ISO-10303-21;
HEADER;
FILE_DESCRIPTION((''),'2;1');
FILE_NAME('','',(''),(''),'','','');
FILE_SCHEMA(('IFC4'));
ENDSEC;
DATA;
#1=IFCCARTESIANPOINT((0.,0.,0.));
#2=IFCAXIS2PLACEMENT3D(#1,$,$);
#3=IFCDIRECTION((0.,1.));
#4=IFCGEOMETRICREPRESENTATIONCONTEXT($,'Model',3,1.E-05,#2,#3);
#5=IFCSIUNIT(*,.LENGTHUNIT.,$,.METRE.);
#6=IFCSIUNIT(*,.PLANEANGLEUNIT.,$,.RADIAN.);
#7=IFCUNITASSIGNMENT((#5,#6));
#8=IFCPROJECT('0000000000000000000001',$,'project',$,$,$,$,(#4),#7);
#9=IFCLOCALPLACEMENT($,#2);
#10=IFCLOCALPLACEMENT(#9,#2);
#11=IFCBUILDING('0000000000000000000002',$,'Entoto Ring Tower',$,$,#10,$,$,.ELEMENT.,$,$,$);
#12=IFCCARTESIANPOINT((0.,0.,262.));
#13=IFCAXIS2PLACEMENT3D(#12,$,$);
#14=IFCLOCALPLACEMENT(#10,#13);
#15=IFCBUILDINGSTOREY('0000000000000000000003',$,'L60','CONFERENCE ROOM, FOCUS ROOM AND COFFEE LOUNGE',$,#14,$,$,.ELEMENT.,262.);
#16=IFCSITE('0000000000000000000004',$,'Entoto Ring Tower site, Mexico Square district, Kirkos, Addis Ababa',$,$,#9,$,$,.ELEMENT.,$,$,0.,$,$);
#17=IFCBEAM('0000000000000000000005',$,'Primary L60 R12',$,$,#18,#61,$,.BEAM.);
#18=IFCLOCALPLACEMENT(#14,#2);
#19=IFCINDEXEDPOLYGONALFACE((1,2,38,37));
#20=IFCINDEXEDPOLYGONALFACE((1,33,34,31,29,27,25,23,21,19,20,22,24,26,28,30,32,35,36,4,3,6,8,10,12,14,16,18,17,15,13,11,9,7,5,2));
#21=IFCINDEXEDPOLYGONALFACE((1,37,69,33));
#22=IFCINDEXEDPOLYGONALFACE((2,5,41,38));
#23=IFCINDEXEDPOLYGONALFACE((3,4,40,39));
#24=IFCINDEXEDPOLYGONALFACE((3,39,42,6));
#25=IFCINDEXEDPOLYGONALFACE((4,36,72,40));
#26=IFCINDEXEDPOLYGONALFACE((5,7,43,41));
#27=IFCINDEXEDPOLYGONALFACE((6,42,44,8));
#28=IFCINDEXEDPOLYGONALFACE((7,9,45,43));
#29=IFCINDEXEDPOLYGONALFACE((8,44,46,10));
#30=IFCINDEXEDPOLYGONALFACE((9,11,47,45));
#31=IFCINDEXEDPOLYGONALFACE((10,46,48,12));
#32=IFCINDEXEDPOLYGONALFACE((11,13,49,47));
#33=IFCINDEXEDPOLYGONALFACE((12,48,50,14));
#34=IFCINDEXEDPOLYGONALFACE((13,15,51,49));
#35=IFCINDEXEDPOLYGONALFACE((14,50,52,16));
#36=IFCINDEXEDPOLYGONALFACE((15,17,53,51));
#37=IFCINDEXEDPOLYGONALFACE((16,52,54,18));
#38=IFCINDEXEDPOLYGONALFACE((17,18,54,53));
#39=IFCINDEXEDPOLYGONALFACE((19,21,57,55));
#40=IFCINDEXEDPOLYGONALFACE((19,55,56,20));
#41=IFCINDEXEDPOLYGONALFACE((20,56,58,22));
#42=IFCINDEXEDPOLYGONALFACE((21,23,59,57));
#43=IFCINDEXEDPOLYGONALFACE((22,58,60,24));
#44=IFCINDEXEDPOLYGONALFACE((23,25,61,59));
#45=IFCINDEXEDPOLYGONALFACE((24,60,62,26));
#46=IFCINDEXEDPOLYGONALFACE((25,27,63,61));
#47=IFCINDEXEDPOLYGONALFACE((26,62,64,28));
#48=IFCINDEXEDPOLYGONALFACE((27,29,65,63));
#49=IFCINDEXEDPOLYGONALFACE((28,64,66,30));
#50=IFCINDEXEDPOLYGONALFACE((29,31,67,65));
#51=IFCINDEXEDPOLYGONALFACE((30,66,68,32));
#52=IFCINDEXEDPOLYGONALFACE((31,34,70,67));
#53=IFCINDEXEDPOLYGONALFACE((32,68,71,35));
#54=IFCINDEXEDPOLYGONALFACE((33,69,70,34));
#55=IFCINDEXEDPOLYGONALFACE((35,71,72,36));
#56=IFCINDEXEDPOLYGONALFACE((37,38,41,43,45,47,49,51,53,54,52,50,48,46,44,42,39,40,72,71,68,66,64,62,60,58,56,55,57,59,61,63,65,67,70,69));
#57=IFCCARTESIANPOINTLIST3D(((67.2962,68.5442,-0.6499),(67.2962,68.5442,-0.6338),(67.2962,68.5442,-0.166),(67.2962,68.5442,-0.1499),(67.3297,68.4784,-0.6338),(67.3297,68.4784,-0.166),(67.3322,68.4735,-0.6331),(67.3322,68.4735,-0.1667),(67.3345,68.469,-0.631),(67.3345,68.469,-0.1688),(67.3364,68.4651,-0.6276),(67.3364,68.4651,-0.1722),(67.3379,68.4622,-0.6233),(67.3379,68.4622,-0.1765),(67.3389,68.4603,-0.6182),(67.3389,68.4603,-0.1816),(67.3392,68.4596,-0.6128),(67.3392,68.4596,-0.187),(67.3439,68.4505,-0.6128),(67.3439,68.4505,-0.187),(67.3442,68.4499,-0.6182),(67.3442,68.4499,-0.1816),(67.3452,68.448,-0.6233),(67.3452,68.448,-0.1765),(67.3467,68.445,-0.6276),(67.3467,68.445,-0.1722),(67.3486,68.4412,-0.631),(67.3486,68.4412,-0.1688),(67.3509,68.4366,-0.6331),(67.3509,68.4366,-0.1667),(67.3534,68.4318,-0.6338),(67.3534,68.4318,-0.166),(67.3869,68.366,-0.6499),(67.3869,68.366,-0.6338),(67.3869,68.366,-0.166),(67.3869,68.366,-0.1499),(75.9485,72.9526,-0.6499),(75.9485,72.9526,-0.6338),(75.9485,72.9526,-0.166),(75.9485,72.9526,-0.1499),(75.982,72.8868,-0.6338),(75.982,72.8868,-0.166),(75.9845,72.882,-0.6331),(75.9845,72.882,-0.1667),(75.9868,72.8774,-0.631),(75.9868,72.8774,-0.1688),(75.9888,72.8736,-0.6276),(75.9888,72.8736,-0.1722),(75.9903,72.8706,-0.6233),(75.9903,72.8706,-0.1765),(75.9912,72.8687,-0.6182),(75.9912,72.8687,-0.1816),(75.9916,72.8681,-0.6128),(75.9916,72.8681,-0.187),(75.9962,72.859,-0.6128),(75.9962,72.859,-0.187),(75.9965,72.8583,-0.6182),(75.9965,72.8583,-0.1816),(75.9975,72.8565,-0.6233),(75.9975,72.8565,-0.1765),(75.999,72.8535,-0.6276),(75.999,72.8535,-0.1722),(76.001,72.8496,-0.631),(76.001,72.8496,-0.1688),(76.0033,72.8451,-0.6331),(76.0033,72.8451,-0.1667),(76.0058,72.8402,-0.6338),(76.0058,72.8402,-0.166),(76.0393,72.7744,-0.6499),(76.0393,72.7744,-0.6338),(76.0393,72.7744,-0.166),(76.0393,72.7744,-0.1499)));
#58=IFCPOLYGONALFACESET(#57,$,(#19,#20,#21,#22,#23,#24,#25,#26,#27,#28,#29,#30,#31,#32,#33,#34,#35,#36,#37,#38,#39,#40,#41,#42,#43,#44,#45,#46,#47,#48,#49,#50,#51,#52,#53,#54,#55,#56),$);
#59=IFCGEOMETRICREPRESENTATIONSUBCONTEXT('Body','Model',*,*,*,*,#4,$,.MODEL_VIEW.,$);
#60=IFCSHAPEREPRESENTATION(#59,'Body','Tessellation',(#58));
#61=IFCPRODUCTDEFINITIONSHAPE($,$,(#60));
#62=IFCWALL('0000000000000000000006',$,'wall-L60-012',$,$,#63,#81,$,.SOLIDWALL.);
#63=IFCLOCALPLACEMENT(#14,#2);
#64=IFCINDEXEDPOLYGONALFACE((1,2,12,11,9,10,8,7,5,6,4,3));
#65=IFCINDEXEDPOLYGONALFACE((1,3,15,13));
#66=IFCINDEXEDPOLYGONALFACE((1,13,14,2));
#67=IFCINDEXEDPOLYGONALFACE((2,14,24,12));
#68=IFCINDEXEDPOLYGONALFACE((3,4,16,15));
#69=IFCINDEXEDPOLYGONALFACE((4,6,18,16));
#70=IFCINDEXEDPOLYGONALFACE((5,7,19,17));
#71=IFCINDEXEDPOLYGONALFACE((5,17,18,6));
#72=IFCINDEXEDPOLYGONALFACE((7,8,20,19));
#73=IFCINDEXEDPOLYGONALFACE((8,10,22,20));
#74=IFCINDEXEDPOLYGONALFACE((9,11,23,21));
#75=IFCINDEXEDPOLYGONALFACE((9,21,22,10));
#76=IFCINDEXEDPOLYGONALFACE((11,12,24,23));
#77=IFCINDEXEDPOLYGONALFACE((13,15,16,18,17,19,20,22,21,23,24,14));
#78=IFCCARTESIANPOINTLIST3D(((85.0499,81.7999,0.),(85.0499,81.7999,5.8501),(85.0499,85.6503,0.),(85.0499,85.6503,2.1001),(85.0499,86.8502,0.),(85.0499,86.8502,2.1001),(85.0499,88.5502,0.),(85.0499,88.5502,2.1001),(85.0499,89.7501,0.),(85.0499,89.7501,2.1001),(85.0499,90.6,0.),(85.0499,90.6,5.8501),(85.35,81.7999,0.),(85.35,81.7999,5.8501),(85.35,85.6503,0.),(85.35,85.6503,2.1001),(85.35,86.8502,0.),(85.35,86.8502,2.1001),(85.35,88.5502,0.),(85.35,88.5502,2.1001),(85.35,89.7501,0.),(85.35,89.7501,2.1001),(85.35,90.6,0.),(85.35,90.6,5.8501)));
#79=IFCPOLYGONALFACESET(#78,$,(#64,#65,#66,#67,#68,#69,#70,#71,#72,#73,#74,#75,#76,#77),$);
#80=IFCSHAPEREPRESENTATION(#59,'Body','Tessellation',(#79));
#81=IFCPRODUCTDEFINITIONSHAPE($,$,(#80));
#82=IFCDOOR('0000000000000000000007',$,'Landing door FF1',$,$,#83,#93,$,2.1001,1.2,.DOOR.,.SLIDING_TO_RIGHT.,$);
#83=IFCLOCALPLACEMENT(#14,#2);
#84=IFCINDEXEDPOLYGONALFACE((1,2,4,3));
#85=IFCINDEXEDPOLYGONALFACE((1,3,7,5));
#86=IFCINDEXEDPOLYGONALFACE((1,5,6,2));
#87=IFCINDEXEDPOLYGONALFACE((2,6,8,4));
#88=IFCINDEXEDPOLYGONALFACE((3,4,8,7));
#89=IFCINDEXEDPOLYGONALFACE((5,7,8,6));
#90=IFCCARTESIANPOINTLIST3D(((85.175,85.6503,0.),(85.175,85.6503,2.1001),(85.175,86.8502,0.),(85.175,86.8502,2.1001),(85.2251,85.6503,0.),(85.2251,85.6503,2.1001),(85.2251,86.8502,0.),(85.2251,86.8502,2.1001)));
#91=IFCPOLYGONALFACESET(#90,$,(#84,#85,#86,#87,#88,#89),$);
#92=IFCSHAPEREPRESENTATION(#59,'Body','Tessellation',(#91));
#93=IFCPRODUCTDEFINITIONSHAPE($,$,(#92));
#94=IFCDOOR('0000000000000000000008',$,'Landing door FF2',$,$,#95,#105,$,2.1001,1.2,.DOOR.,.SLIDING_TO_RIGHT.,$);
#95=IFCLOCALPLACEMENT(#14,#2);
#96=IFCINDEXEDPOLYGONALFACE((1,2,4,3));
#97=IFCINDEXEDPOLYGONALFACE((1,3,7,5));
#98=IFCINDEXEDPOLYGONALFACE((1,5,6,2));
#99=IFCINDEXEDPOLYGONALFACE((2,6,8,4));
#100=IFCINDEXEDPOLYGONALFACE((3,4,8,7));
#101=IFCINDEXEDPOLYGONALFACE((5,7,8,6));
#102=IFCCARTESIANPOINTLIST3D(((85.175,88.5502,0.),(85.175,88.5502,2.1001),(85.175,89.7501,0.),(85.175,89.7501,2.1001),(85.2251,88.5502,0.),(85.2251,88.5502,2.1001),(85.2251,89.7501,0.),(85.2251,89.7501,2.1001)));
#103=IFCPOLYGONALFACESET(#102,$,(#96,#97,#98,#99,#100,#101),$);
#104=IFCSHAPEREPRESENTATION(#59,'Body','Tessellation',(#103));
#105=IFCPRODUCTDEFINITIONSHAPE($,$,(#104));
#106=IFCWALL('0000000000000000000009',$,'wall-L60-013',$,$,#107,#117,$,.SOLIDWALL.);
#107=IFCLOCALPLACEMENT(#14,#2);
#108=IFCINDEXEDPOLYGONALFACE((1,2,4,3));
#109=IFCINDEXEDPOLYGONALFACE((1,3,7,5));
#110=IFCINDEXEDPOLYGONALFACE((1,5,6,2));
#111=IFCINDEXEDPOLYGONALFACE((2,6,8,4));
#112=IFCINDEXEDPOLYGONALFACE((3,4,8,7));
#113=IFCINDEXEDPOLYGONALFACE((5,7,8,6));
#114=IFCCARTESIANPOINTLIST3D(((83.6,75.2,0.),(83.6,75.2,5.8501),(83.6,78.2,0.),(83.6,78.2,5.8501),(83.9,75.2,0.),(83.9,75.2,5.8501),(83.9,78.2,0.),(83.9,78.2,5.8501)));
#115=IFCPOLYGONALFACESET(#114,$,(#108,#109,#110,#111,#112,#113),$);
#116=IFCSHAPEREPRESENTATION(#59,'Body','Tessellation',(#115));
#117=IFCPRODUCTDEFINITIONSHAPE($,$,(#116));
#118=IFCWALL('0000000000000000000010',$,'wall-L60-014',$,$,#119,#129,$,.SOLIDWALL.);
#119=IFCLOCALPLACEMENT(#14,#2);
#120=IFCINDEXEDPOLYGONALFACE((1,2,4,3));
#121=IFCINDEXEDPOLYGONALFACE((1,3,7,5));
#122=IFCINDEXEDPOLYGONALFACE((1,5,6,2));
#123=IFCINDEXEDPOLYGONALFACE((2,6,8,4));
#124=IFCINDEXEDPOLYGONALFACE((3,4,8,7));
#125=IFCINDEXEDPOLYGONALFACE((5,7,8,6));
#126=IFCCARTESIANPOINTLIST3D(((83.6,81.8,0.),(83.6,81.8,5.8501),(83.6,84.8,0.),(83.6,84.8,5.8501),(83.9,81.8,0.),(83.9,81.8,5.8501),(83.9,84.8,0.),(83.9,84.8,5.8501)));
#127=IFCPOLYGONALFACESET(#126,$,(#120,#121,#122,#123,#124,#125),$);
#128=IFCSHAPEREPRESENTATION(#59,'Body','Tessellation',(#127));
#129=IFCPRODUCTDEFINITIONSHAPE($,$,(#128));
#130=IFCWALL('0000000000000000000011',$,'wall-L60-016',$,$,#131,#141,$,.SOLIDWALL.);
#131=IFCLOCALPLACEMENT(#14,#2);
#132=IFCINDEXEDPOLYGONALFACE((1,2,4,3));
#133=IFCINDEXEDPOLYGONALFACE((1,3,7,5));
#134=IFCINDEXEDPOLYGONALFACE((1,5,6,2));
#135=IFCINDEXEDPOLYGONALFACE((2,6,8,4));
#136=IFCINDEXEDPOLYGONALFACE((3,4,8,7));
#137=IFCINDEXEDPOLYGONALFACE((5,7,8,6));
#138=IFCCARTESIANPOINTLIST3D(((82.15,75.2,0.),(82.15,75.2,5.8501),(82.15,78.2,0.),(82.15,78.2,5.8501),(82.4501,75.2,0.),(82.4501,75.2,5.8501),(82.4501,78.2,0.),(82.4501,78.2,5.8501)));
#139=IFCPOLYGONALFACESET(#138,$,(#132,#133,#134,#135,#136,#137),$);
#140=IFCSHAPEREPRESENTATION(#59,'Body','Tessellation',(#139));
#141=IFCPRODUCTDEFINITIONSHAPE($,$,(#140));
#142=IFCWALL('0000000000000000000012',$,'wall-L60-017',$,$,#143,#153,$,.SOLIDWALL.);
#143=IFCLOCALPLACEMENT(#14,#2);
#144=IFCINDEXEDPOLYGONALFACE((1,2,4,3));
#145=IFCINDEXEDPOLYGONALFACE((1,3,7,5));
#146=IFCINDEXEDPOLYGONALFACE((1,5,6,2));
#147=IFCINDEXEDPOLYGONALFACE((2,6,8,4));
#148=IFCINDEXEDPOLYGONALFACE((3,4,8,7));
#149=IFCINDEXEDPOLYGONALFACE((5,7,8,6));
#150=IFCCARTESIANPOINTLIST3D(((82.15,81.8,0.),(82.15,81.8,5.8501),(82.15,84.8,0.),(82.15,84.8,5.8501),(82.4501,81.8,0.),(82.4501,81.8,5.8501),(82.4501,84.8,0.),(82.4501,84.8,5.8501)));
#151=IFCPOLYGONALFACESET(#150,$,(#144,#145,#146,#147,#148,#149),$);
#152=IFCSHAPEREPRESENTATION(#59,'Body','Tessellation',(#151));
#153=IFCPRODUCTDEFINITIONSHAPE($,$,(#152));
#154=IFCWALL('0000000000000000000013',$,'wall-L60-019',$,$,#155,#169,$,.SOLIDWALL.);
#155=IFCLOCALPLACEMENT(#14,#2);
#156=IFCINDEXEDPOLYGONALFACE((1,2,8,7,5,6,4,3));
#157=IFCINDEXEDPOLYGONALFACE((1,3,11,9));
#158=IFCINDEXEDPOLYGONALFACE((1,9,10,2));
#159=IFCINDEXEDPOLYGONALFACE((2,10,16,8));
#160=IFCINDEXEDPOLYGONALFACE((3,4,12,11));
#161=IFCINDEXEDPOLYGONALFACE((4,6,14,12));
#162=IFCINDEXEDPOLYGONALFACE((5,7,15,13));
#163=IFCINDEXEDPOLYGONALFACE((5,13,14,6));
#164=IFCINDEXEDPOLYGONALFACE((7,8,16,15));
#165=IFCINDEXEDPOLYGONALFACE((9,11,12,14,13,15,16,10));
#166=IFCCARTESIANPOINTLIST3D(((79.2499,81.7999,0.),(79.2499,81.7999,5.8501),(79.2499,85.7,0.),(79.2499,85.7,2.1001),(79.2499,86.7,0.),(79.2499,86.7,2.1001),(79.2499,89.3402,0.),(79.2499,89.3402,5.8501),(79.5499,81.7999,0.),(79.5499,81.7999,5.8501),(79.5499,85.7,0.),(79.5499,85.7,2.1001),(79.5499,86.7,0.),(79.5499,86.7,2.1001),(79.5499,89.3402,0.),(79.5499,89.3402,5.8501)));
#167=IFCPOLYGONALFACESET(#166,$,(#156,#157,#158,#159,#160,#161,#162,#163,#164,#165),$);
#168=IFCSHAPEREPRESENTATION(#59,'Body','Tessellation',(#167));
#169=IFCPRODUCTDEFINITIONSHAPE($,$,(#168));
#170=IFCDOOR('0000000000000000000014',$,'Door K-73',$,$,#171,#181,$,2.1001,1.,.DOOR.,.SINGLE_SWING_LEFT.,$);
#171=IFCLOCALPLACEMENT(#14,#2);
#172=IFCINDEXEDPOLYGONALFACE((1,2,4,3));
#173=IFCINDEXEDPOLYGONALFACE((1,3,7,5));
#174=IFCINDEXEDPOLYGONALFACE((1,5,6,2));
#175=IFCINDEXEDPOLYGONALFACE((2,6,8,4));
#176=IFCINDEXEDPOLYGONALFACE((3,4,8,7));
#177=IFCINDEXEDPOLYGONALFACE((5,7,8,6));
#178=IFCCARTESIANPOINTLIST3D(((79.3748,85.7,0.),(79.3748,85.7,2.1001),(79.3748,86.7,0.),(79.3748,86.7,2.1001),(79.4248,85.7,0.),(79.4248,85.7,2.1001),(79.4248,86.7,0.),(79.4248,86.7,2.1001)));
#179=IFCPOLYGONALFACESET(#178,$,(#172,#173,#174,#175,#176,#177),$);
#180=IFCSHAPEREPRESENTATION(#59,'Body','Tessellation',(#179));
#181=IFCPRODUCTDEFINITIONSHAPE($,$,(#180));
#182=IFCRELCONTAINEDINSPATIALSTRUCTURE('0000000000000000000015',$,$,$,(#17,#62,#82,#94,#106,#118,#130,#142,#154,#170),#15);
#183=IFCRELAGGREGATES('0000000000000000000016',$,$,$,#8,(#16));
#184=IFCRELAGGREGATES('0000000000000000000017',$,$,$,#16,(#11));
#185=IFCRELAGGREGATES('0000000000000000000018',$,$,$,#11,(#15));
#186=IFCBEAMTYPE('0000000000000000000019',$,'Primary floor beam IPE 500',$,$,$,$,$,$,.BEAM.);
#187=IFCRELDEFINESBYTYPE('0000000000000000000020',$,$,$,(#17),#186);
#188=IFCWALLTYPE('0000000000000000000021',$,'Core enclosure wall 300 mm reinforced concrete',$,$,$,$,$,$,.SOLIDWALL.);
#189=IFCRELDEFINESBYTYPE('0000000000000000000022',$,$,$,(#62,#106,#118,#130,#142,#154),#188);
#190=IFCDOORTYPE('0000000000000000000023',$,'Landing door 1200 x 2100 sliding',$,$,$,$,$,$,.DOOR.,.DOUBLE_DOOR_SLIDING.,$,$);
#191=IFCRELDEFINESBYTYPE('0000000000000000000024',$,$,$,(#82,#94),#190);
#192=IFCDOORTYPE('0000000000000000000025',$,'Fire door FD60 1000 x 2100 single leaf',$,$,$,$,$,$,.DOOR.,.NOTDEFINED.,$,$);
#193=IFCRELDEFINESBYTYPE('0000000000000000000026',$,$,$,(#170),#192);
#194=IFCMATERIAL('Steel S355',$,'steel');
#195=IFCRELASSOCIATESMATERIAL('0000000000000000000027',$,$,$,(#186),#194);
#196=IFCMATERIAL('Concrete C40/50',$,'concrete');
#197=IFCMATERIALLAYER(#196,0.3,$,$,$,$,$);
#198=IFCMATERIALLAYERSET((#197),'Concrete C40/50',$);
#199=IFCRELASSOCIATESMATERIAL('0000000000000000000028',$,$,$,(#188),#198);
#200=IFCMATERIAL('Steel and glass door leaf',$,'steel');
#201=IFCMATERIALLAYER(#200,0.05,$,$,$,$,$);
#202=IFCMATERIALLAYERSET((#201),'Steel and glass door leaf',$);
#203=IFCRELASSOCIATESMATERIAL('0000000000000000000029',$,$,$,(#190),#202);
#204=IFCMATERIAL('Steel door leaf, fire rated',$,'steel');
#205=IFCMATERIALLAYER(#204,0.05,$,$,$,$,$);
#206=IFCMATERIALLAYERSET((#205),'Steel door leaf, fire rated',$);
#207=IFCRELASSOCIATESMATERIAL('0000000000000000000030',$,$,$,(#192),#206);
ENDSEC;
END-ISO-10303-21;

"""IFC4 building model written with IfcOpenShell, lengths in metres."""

from ifc_helpers import new_model, si_unit, direction, frame, frame_2d, origin, origin_2d, place, context, subcontext, project, spatial, rectangle, i_section, extrude, material, layer, layer_set, material_profile, profile_set, type_object, element, fill, save


model = new_model("IFC4")

# Units and contexts
model_context = context("Model", 3, precision=1e-05, world=origin(), true_north=direction((0.0, 1.0)))
body_context = subcontext(model_context, "Body", "Model", "MODEL_VIEW")
ifc_project = project(units=[si_unit("LENGTHUNIT", "METRE"), si_unit("PLANEANGLEUNIT", "RADIAN")], contexts=[model_context])

# Site, building, storey
site_placement = place(None, origin())
site = spatial("IfcSite", under=ifc_project, at=site_placement, Name="Entoto Ring Tower site, Mexico Square district, Kirkos, Addis Ababa", CompositionType="ELEMENT", RefElevation=0.0)
building_placement = place(site_placement, origin())
building = spatial("IfcBuilding", under=site, at=building_placement, Name="Entoto Ring Tower", CompositionType="ELEMENT")
storey_placement = place(building_placement, frame((0.0, 0.0, 262.0)))
storey = spatial("IfcBuildingStorey", under=building, at=storey_placement, Name="L60", Description="CONFERENCE ROOM, FOCUS ROOM AND COFFEE LOUNGE", CompositionType="ELEMENT", Elevation=262.0)

# Beam
ifc_material_1 = material(Name="Steel S355", Category="steel")
ifc_material_profile = material_profile(ifc_material_1, i_section(OverallWidth=0.2, OverallDepth=0.5, WebThickness=0.0103, FlangeThickness=0.0161, FilletRadius=0.021, at=origin_2d()), Name="IPE 500")
ifc_profile_set = profile_set([ifc_material_profile], Name="Steel S355")
beam_type = type_object("IfcBeamType", Name="Primary floor beam IPE 500", PredefinedType="BEAM", material=ifc_profile_set)
beam_placement = place(storey_placement, frame((75.9939, 72.8635, -0.3999), z_axis=(-0.891012, -0.453979, 0.0), x_axis=(0.453979, -0.891012, 0.0)))
element("IfcBeam", 1, at=beam_placement, inside=storey, type_object=beam_type, Name="Primary L60 R12", PredefinedType="BEAM", context=body_context, shape_type="SweptSolid", body=[
    extrude(i_section(OverallWidth=0.2, OverallDepth=0.5, WebThickness=0.0103, FlangeThickness=0.0161, FilletRadius=0.021, at=origin_2d()), origin(), (0.0, 0.0, 1.0), 9.7107),
])

# Wall, openings, doors
ifc_material_2 = material(Name="Concrete C40/50", Category="concrete")
ifc_layer_1 = layer(ifc_material_2, 0.3)
ifc_layer_set_1 = layer_set([ifc_layer_1], Name="Concrete C40/50")
wall_type_1 = type_object("IfcWallType", Name="Core enclosure wall 300 mm reinforced concrete", PredefinedType="SOLIDWALL", material=ifc_layer_set_1)
wall_1_placement = place(storey_placement, frame((85.2, 81.8, 0.0), z_axis=(0.0, 0.0, 1.0), x_axis=(0.0, 1.0, 0.0)))
wall_1 = element("IfcWall", 2, at=wall_1_placement, inside=storey, type_object=wall_type_1, Name="wall-L60-012", PredefinedType="SOLIDWALL", context=body_context, shape_type="SweptSolid", body=[
    extrude(rectangle(XDim=8.8, YDim=0.3, at=frame_2d((4.3999, 0.0))), origin(), (0.0, 0.0, 1.0), 5.8501),
])
opening_1_placement = place(wall_1_placement, frame((3.8501, 0.0, 0.0)))
opening_1 = element("IfcOpeningElement", 3, at=opening_1_placement, cuts=wall_1, PredefinedType="OPENING", context=body_context, shape_type="SweptSolid", body=[
    extrude(rectangle(XDim=1.2, YDim=2.1001, at=frame_2d((0.6001, 1.05))), frame((0.0, 0.1602, 0.0), z_axis=(0.0, -1.0, 0.0), x_axis=(1.0, 0.0, 0.0)), (0.0, 0.0, 1.0), 0.3201),
])
opening_2_placement = place(wall_1_placement, frame((6.75, 0.0, 0.0)))
opening_2 = element("IfcOpeningElement", 4, at=opening_2_placement, cuts=wall_1, PredefinedType="OPENING", context=body_context, shape_type="SweptSolid", body=[
    extrude(rectangle(XDim=1.2, YDim=2.1001, at=frame_2d((0.6001, 1.05))), frame((0.0, 0.1602, 0.0), z_axis=(0.0, -1.0, 0.0), x_axis=(1.0, 0.0, 0.0)), (0.0, 0.0, 1.0), 0.3201),
])
ifc_material_3 = material(Name="Steel and glass door leaf", Category="steel")
ifc_layer_2 = layer(ifc_material_3, 0.05)
ifc_layer_set_2 = layer_set([ifc_layer_2], Name="Steel and glass door leaf")
door_type_1 = type_object("IfcDoorType", Name="Landing door 1200 x 2100 sliding", OperationType="DOUBLE_DOOR_SLIDING", PredefinedType="DOOR", material=ifc_layer_set_2)
door_1_placement = place(opening_1_placement, origin())
door_1 = element("IfcDoor", 5, at=door_1_placement, inside=storey, type_object=door_type_1, Name="Landing door FF1", OperationType="SLIDING_TO_RIGHT", OverallHeight=2.1001, OverallWidth=1.2, PredefinedType="DOOR", context=body_context, shape_type="SweptSolid", body=[
    extrude(rectangle(XDim=1.2, YDim=2.1001, at=frame_2d((0.6001, 1.05))), frame((0.0, 0.0249, 0.0), z_axis=(0.0, -1.0, 0.0), x_axis=(1.0, 0.0, 0.0)), (0.0, 0.0, 1.0), 0.05),
])
fill(opening_1, door_1)
door_2_placement = place(opening_2_placement, origin())
door_2 = element("IfcDoor", 6, at=door_2_placement, inside=storey, type_object=door_type_1, Name="Landing door FF2", OperationType="SLIDING_TO_RIGHT", OverallHeight=2.1001, OverallWidth=1.2, PredefinedType="DOOR", context=body_context, shape_type="SweptSolid", body=[
    extrude(rectangle(XDim=1.2, YDim=2.1001, at=frame_2d((0.6001, 1.05))), frame((0.0, 0.0249, 0.0), z_axis=(0.0, -1.0, 0.0), x_axis=(1.0, 0.0, 0.0)), (0.0, 0.0, 1.0), 0.05),
])
fill(opening_2, door_2)

# Walls
for number, where, z_axis, x_axis, name in (
    (7, (83.75, 75.2, 0.0), (0.0, 0.0, 1.0), (0.0, 1.0, 0.0), "wall-L60-013"),
    (8, (83.75, 81.8, 0.0), (0.0, 0.0, 1.0), (0.0, 1.0, 0.0), "wall-L60-014"),
    (9, (82.3, 75.2, 0.0), (0.0, 0.0, 1.0), (0.0, 1.0, 0.0), "wall-L60-016"),
    (10, (82.3, 81.8, 0.0), (0.0, 0.0, 1.0), (0.0, 1.0, 0.0), "wall-L60-017"),
):
    element("IfcWall", number, at=place(storey_placement, frame(where, z_axis=z_axis, x_axis=x_axis)), inside=storey, type_object=wall_type_1, Name=name, PredefinedType="SOLIDWALL", context=body_context, shape_type="SweptSolid", body=[
        extrude(rectangle(XDim=3.0, YDim=0.3, at=frame_2d((1.5, 0.0))), origin(), (0.0, 0.0, 1.0), 5.8501),
    ])

# Wall, opening, door
wall_2_placement = place(storey_placement, frame((79.3999, 81.8, 0.0), z_axis=(0.0, 0.0, 1.0), x_axis=(0.0, 1.0, 0.0)))
wall_2 = element("IfcWall", 11, at=wall_2_placement, inside=storey, type_object=wall_type_1, Name="wall-L60-019", PredefinedType="SOLIDWALL", context=body_context, shape_type="SweptSolid", body=[
    extrude(rectangle(XDim=7.5403, YDim=0.3, at=frame_2d((3.77, 0.0))), origin(), (0.0, 0.0, 1.0), 5.8501),
])
opening_3_placement = place(wall_2_placement, frame((3.8999, 0.0, 0.0)))
opening_3 = element("IfcOpeningElement", 12, at=opening_3_placement, cuts=wall_2, PredefinedType="OPENING", context=body_context, shape_type="SweptSolid", body=[
    extrude(rectangle(XDim=1.0, YDim=2.1001, at=frame_2d((0.5, 1.05))), frame((0.0, 0.1602, 0.0), z_axis=(0.0, -1.0, 0.0), x_axis=(1.0, 0.0, 0.0)), (0.0, 0.0, 1.0), 0.3201),
])
ifc_material_4 = material(Name="Steel door leaf, fire rated", Category="steel")
ifc_layer_3 = layer(ifc_material_4, 0.05)
ifc_layer_set_3 = layer_set([ifc_layer_3], Name="Steel door leaf, fire rated")
door_type_2 = type_object("IfcDoorType", Name="Fire door FD60 1000 x 2100 single leaf", OperationType="NOTDEFINED", PredefinedType="DOOR", material=ifc_layer_set_3)
door_3_placement = place(opening_3_placement, frame((1.0, 0.0, 0.0), z_axis=(0.0, 0.0, 1.0), x_axis=(-1.0, 0.0, 0.0)))
door_3 = element("IfcDoor", 13, at=door_3_placement, inside=storey, type_object=door_type_2, Name="Door K-73", OperationType="SINGLE_SWING_LEFT", OverallHeight=2.1001, OverallWidth=1.0, PredefinedType="DOOR", context=body_context, shape_type="SweptSolid", body=[
    extrude(rectangle(XDim=1.0, YDim=2.1001, at=frame_2d((0.5, 1.05))), frame((0.0, 0.0249, 0.0), z_axis=(0.0, -1.0, 0.0), x_axis=(1.0, 0.0, 0.0)), (0.0, 0.0, 1.0), 0.05),
])
fill(opening_3, door_3)

save(model, "model.ifc")
